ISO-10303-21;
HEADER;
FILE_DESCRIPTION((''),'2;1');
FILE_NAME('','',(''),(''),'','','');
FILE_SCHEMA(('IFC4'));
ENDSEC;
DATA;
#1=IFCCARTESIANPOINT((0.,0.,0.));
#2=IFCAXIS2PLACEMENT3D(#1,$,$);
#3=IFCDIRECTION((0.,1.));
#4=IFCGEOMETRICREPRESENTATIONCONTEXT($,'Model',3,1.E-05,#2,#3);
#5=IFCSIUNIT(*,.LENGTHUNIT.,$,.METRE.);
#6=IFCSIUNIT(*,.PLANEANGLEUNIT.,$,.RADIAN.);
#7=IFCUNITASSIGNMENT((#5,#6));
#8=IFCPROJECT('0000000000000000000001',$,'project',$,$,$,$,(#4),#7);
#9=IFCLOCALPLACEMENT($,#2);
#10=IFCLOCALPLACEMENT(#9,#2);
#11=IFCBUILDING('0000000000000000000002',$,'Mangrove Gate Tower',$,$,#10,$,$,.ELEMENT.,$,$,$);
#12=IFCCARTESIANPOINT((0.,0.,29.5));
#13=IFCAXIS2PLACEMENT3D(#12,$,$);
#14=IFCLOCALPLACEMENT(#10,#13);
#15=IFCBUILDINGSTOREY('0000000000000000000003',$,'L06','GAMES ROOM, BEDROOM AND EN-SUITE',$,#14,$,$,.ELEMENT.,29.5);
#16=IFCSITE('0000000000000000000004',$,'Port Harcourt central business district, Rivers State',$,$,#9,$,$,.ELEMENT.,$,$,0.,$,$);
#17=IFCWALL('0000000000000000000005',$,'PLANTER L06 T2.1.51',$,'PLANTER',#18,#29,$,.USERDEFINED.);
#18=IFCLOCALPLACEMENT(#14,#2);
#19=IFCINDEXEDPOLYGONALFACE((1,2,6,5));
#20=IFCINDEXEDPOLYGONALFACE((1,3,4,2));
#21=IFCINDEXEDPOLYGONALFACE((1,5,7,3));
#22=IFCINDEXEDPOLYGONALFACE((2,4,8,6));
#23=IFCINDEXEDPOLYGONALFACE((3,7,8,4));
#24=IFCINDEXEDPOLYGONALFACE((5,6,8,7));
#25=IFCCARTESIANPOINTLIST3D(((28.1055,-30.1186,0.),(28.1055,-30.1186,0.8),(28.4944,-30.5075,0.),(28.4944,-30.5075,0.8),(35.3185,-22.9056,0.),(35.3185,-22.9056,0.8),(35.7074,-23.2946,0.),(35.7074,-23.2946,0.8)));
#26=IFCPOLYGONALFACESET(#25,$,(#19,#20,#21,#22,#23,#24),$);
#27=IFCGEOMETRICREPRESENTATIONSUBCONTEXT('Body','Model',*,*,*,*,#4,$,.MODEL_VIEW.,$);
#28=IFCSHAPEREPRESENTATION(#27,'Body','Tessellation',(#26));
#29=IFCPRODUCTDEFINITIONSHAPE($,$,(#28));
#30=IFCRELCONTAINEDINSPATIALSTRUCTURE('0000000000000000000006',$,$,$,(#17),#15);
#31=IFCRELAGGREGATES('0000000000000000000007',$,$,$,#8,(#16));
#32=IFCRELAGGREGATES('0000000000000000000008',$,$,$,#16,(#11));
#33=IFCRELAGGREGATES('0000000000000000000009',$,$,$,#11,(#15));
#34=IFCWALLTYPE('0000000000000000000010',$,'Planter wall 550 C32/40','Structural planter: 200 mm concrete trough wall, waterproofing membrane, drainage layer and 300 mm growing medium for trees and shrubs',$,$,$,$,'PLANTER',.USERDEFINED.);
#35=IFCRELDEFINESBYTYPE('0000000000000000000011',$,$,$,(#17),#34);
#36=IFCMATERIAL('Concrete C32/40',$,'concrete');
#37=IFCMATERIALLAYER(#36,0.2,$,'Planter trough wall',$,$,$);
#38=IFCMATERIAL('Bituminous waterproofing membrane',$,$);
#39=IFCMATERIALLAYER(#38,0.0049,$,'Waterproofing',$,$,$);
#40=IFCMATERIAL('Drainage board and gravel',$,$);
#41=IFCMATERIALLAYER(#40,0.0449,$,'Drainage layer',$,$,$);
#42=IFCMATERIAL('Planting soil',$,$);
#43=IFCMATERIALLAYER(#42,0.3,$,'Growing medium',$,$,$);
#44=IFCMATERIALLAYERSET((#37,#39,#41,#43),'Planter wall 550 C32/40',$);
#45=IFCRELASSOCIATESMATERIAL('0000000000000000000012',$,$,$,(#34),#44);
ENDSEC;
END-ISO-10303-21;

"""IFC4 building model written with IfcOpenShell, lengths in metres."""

from ifc_helpers import new_model, si_unit, direction, frame, frame_2d, origin, place, context, subcontext, project, spatial, rectangle, extrude, material, layer, layer_set, type_object, element, save


model = new_model("IFC4")

# Units and contexts
model_context = context("Model", 3, precision=1e-05, world=origin(), true_north=direction((0.0, 1.0)))
body_context = subcontext(model_context, "Body", "Model", "MODEL_VIEW")
ifc_project = project(units=[si_unit("LENGTHUNIT", "METRE"), si_unit("PLANEANGLEUNIT", "RADIAN")], contexts=[model_context])

# Site, building, storey
site_placement = place(None, origin())
site = spatial("IfcSite", under=ifc_project, at=site_placement, Name="Port Harcourt central business district, Rivers State", CompositionType="ELEMENT", RefElevation=0.0)
building_placement = place(site_placement, origin())
building = spatial("IfcBuilding", under=site, at=building_placement, Name="Mangrove Gate Tower", CompositionType="ELEMENT")
storey_placement = place(building_placement, frame((0.0, 0.0, 29.5)))
storey = spatial("IfcBuildingStorey", under=building, at=storey_placement, Name="L06", Description="GAMES ROOM, BEDROOM AND EN-SUITE", CompositionType="ELEMENT", Elevation=29.5)

# Wall
ifc_material_1 = material(Name="Concrete C32/40", Category="concrete")
ifc_layer_1 = layer(ifc_material_1, 0.2, Name="Planter trough wall")
ifc_material_2 = material(Name="Bituminous waterproofing membrane")
ifc_layer_2 = layer(ifc_material_2, 0.0049, Name="Waterproofing")
ifc_material_3 = material(Name="Drainage board and gravel")
ifc_layer_3 = layer(ifc_material_3, 0.0449, Name="Drainage layer")
ifc_material_4 = material(Name="Planting soil")
ifc_layer_4 = layer(ifc_material_4, 0.3, Name="Growing medium")
ifc_layer_set_1 = layer_set([ifc_layer_1, ifc_layer_2, ifc_layer_3, ifc_layer_4], Name="Planter wall 550 C32/40")
wall_type_1 = type_object("IfcWallType", Name="Planter wall 550 C32/40", Description="Structural planter: 200 mm concrete trough wall, waterproofing membrane, drainage layer and 300 mm growing medium for trees and shrubs", ElementType="PLANTER", PredefinedType="USERDEFINED", material=ifc_layer_set_1)
wall_1_placement = place(storey_placement, frame((35.5129, -23.1001, 0.0), z_axis=(0.0, 0.0, 1.0), x_axis=(-0.707107, -0.707107, 0.0)))
element("IfcWall", 1, at=wall_1_placement, inside=storey, type_object=wall_type_1, Name="PLANTER L06 T2.1.51", ObjectType="PLANTER", PredefinedType="USERDEFINED", context=body_context, shape_type="SweptSolid", body=[
    extrude(rectangle(XDim=10.2007, YDim=0.55, at=frame_2d((5.1003, 0.0))), origin(), (0.0, 0.0, 1.0), 0.8),
])

save(model, "model.ifc")
